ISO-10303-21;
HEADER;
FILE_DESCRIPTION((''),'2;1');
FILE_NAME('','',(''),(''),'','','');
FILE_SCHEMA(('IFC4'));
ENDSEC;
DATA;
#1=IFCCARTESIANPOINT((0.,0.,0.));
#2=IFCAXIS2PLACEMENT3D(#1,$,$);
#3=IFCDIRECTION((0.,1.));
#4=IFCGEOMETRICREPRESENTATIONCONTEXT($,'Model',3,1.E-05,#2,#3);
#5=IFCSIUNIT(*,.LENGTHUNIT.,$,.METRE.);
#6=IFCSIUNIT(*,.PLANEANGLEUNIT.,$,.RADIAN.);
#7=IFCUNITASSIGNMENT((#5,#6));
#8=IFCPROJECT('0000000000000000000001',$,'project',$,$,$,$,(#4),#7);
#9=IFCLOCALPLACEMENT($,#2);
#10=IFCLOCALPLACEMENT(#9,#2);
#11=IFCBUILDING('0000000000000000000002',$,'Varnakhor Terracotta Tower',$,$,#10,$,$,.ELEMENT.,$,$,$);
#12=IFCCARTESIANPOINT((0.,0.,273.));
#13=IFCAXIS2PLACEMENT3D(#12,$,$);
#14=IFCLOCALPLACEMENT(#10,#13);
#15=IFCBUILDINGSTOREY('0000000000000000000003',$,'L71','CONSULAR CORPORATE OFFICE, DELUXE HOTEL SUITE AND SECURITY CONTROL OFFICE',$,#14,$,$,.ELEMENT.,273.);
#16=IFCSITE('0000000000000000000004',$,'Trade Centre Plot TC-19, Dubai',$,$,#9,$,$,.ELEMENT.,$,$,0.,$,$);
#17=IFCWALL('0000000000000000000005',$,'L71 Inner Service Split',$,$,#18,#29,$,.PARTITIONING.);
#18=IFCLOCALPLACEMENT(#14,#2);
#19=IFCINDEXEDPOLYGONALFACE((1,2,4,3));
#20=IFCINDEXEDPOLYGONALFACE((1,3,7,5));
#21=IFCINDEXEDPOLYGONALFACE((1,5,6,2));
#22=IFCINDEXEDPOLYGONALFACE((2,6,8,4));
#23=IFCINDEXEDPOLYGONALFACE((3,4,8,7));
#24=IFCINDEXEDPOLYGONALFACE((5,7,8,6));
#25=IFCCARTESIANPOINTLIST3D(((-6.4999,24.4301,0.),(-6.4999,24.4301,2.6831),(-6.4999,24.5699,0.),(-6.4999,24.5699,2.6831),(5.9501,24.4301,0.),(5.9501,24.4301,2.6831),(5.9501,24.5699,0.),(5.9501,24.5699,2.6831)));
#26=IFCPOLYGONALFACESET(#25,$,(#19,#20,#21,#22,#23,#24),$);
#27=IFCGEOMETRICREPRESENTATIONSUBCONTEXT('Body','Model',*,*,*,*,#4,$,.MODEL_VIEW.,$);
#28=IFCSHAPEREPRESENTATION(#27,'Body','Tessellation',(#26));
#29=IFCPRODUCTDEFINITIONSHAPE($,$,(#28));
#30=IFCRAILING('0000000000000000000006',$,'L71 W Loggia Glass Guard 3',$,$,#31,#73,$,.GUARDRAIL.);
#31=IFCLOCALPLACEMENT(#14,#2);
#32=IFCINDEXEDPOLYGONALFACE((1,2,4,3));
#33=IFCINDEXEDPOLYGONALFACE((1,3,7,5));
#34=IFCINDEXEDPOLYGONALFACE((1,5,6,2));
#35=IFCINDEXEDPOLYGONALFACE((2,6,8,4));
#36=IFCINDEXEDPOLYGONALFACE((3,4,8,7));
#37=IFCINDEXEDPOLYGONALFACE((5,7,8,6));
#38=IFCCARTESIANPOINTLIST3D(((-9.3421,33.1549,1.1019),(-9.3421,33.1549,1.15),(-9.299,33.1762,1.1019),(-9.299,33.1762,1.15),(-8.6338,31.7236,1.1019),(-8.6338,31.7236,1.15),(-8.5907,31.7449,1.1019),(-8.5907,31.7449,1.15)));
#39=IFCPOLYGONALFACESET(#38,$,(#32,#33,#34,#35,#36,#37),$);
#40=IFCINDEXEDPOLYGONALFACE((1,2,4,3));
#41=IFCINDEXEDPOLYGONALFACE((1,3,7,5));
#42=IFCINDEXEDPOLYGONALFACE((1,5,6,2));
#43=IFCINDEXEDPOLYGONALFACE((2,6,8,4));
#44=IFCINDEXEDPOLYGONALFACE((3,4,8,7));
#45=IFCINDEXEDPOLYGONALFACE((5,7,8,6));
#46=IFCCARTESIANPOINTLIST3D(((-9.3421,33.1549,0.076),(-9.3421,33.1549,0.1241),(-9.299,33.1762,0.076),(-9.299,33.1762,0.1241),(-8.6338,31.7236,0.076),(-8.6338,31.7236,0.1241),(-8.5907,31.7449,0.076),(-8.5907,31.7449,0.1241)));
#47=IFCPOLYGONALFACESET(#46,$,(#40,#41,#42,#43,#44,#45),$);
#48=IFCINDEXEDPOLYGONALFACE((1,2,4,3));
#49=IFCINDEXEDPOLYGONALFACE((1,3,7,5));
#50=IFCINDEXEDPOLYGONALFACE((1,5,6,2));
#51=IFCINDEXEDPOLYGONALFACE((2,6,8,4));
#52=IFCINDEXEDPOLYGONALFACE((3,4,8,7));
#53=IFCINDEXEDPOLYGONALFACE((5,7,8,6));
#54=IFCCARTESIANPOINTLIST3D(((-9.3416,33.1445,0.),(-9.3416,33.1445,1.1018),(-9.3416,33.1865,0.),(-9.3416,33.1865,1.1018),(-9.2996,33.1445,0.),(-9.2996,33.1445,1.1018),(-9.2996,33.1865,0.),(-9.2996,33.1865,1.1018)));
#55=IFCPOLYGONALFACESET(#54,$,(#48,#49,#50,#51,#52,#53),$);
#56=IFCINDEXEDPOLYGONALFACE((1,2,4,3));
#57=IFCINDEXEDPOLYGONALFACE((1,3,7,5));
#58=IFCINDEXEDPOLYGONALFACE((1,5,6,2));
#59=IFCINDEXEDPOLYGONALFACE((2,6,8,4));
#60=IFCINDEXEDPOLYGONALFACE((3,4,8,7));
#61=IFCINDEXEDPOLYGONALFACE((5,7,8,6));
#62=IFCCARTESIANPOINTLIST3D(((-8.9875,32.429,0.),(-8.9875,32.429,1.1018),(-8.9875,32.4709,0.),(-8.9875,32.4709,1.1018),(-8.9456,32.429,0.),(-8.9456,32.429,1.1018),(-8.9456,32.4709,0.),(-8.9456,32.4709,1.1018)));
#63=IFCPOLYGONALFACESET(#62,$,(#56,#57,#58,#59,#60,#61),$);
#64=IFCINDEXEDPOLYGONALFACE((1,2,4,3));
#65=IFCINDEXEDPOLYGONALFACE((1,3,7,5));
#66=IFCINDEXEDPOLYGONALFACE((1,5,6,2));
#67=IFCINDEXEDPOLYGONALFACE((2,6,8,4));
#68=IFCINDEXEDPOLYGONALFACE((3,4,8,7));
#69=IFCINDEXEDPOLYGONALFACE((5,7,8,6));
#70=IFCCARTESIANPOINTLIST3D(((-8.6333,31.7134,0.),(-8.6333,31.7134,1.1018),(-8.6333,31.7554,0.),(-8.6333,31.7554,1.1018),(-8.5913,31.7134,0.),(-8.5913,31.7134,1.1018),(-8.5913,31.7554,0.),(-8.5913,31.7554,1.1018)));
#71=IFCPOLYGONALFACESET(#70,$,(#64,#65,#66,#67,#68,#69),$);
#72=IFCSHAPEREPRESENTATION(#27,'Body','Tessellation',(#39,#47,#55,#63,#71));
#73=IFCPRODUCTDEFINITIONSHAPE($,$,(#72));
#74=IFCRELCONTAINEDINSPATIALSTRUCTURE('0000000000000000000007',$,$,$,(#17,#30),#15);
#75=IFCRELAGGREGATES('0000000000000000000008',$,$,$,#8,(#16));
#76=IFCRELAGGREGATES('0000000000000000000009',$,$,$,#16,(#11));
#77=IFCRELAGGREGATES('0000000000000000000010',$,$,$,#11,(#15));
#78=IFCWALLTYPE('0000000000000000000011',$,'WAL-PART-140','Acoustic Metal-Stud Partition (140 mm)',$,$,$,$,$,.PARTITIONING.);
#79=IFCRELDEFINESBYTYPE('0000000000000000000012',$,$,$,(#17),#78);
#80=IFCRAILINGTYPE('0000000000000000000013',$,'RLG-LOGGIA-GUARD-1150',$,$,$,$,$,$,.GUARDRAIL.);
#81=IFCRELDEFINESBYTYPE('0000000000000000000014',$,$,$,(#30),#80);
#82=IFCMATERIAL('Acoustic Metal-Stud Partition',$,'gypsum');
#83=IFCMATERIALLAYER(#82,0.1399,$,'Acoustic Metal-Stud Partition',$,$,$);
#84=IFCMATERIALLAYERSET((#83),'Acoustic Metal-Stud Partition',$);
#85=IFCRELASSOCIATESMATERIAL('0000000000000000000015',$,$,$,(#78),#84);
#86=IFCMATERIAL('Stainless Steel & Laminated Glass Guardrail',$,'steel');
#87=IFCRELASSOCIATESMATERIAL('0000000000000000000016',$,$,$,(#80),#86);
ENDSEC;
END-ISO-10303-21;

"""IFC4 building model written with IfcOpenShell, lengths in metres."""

from ifc_helpers import new_model, si_unit, direction, frame, frame_2d, origin, origin_2d, place, context, subcontext, project, spatial, rectangle, extrude, material, layer, layer_set, type_object, element, save


model = new_model("IFC4")

# Units and contexts
model_context = context("Model", 3, precision=1e-05, world=origin(), true_north=direction((0.0, 1.0)))
body_context = subcontext(model_context, "Body", "Model", "MODEL_VIEW")
ifc_project = project(units=[si_unit("LENGTHUNIT", "METRE"), si_unit("PLANEANGLEUNIT", "RADIAN")], contexts=[model_context])

# Site, building, storey
site_placement = place(None, origin())
site = spatial("IfcSite", under=ifc_project, at=site_placement, Name="Trade Centre Plot TC-19, Dubai", CompositionType="ELEMENT", RefElevation=0.0)
building_placement = place(site_placement, origin())
building = spatial("IfcBuilding", under=site, at=building_placement, Name="Varnakhor Terracotta Tower", CompositionType="ELEMENT")
storey_placement = place(building_placement, frame((0.0, 0.0, 273.0)))
storey = spatial("IfcBuildingStorey", under=building, at=storey_placement, Name="L71", Description="CONSULAR CORPORATE OFFICE, DELUXE HOTEL SUITE AND SECURITY CONTROL OFFICE", CompositionType="ELEMENT", Elevation=273.0)

# Wall
ifc_material_1 = material(Name="Acoustic Metal-Stud Partition", Category="gypsum")
ifc_layer_1 = layer(ifc_material_1, 0.1399, Name="Acoustic Metal-Stud Partition")
ifc_layer_set_1 = layer_set([ifc_layer_1], Name="Acoustic Metal-Stud Partition")
wall_type_1 = type_object("IfcWallType", Name="WAL-PART-140", Description="Acoustic Metal-Stud Partition (140 mm)", PredefinedType="PARTITIONING", material=ifc_layer_set_1)
wall_1_placement = place(storey_placement, frame((-6.5, 24.5, 0.0), z_axis=(0.0, 0.0, 1.0), x_axis=(1.0, 0.0, 0.0)))
element("IfcWall", 1, at=wall_1_placement, inside=storey, type_object=wall_type_1, Name="L71 Inner Service Split", PredefinedType="PARTITIONING", context=body_context, shape_type="SweptSolid", body=[
    extrude(rectangle(XDim=12.45, YDim=0.1399, at=frame_2d((6.2251, 0.0))), origin(), (0.0, 0.0, 1.0), 2.6831),
])

# Railing
ifc_material_2 = material(Name="Stainless Steel & Laminated Glass Guardrail", Category="steel")
railing_type = type_object("IfcRailingType", Name="RLG-LOGGIA-GUARD-1150", PredefinedType="GUARDRAIL", material=ifc_material_2)
railing_placement = place(storey_placement, frame((-9.3206, 33.1655, 0.0)))
element("IfcRailing", 2, at=railing_placement, inside=storey, type_object=railing_type, Name="L71 W Loggia Glass Guard 3", PredefinedType="GUARDRAIL", context=body_context, shape_type="SweptSolid", body=[
    extrude(rectangle(XDim=0.0481, YDim=0.0481, at=origin_2d()), frame((0.0, 0.0, 1.126), z_axis=(0.44354, -0.896254, 0.0), x_axis=(0.896254, 0.44354, 0.0)), (0.0, 0.0, 1.0), 1.5969),
    extrude(rectangle(XDim=0.0481, YDim=0.0481, at=origin_2d()), frame((0.0, 0.0, 0.1001), z_axis=(0.44354, -0.896254, 0.0), x_axis=(0.896254, 0.44354, 0.0)), (0.0, 0.0, 1.0), 1.5969),
    extrude(rectangle(XDim=0.042, YDim=0.042, at=origin_2d()), origin(), (0.0, 0.0, 1.0), 1.1018),
    extrude(rectangle(XDim=0.042, YDim=0.042, at=origin_2d()), frame((0.354, -0.7156, 0.0)), (0.0, 0.0, 1.0), 1.1018),
    extrude(rectangle(XDim=0.042, YDim=0.042, at=origin_2d()), frame((0.7083, -1.4312, 0.0)), (0.0, 0.0, 1.0), 1.1018),
])

save(model, "model.ifc")
